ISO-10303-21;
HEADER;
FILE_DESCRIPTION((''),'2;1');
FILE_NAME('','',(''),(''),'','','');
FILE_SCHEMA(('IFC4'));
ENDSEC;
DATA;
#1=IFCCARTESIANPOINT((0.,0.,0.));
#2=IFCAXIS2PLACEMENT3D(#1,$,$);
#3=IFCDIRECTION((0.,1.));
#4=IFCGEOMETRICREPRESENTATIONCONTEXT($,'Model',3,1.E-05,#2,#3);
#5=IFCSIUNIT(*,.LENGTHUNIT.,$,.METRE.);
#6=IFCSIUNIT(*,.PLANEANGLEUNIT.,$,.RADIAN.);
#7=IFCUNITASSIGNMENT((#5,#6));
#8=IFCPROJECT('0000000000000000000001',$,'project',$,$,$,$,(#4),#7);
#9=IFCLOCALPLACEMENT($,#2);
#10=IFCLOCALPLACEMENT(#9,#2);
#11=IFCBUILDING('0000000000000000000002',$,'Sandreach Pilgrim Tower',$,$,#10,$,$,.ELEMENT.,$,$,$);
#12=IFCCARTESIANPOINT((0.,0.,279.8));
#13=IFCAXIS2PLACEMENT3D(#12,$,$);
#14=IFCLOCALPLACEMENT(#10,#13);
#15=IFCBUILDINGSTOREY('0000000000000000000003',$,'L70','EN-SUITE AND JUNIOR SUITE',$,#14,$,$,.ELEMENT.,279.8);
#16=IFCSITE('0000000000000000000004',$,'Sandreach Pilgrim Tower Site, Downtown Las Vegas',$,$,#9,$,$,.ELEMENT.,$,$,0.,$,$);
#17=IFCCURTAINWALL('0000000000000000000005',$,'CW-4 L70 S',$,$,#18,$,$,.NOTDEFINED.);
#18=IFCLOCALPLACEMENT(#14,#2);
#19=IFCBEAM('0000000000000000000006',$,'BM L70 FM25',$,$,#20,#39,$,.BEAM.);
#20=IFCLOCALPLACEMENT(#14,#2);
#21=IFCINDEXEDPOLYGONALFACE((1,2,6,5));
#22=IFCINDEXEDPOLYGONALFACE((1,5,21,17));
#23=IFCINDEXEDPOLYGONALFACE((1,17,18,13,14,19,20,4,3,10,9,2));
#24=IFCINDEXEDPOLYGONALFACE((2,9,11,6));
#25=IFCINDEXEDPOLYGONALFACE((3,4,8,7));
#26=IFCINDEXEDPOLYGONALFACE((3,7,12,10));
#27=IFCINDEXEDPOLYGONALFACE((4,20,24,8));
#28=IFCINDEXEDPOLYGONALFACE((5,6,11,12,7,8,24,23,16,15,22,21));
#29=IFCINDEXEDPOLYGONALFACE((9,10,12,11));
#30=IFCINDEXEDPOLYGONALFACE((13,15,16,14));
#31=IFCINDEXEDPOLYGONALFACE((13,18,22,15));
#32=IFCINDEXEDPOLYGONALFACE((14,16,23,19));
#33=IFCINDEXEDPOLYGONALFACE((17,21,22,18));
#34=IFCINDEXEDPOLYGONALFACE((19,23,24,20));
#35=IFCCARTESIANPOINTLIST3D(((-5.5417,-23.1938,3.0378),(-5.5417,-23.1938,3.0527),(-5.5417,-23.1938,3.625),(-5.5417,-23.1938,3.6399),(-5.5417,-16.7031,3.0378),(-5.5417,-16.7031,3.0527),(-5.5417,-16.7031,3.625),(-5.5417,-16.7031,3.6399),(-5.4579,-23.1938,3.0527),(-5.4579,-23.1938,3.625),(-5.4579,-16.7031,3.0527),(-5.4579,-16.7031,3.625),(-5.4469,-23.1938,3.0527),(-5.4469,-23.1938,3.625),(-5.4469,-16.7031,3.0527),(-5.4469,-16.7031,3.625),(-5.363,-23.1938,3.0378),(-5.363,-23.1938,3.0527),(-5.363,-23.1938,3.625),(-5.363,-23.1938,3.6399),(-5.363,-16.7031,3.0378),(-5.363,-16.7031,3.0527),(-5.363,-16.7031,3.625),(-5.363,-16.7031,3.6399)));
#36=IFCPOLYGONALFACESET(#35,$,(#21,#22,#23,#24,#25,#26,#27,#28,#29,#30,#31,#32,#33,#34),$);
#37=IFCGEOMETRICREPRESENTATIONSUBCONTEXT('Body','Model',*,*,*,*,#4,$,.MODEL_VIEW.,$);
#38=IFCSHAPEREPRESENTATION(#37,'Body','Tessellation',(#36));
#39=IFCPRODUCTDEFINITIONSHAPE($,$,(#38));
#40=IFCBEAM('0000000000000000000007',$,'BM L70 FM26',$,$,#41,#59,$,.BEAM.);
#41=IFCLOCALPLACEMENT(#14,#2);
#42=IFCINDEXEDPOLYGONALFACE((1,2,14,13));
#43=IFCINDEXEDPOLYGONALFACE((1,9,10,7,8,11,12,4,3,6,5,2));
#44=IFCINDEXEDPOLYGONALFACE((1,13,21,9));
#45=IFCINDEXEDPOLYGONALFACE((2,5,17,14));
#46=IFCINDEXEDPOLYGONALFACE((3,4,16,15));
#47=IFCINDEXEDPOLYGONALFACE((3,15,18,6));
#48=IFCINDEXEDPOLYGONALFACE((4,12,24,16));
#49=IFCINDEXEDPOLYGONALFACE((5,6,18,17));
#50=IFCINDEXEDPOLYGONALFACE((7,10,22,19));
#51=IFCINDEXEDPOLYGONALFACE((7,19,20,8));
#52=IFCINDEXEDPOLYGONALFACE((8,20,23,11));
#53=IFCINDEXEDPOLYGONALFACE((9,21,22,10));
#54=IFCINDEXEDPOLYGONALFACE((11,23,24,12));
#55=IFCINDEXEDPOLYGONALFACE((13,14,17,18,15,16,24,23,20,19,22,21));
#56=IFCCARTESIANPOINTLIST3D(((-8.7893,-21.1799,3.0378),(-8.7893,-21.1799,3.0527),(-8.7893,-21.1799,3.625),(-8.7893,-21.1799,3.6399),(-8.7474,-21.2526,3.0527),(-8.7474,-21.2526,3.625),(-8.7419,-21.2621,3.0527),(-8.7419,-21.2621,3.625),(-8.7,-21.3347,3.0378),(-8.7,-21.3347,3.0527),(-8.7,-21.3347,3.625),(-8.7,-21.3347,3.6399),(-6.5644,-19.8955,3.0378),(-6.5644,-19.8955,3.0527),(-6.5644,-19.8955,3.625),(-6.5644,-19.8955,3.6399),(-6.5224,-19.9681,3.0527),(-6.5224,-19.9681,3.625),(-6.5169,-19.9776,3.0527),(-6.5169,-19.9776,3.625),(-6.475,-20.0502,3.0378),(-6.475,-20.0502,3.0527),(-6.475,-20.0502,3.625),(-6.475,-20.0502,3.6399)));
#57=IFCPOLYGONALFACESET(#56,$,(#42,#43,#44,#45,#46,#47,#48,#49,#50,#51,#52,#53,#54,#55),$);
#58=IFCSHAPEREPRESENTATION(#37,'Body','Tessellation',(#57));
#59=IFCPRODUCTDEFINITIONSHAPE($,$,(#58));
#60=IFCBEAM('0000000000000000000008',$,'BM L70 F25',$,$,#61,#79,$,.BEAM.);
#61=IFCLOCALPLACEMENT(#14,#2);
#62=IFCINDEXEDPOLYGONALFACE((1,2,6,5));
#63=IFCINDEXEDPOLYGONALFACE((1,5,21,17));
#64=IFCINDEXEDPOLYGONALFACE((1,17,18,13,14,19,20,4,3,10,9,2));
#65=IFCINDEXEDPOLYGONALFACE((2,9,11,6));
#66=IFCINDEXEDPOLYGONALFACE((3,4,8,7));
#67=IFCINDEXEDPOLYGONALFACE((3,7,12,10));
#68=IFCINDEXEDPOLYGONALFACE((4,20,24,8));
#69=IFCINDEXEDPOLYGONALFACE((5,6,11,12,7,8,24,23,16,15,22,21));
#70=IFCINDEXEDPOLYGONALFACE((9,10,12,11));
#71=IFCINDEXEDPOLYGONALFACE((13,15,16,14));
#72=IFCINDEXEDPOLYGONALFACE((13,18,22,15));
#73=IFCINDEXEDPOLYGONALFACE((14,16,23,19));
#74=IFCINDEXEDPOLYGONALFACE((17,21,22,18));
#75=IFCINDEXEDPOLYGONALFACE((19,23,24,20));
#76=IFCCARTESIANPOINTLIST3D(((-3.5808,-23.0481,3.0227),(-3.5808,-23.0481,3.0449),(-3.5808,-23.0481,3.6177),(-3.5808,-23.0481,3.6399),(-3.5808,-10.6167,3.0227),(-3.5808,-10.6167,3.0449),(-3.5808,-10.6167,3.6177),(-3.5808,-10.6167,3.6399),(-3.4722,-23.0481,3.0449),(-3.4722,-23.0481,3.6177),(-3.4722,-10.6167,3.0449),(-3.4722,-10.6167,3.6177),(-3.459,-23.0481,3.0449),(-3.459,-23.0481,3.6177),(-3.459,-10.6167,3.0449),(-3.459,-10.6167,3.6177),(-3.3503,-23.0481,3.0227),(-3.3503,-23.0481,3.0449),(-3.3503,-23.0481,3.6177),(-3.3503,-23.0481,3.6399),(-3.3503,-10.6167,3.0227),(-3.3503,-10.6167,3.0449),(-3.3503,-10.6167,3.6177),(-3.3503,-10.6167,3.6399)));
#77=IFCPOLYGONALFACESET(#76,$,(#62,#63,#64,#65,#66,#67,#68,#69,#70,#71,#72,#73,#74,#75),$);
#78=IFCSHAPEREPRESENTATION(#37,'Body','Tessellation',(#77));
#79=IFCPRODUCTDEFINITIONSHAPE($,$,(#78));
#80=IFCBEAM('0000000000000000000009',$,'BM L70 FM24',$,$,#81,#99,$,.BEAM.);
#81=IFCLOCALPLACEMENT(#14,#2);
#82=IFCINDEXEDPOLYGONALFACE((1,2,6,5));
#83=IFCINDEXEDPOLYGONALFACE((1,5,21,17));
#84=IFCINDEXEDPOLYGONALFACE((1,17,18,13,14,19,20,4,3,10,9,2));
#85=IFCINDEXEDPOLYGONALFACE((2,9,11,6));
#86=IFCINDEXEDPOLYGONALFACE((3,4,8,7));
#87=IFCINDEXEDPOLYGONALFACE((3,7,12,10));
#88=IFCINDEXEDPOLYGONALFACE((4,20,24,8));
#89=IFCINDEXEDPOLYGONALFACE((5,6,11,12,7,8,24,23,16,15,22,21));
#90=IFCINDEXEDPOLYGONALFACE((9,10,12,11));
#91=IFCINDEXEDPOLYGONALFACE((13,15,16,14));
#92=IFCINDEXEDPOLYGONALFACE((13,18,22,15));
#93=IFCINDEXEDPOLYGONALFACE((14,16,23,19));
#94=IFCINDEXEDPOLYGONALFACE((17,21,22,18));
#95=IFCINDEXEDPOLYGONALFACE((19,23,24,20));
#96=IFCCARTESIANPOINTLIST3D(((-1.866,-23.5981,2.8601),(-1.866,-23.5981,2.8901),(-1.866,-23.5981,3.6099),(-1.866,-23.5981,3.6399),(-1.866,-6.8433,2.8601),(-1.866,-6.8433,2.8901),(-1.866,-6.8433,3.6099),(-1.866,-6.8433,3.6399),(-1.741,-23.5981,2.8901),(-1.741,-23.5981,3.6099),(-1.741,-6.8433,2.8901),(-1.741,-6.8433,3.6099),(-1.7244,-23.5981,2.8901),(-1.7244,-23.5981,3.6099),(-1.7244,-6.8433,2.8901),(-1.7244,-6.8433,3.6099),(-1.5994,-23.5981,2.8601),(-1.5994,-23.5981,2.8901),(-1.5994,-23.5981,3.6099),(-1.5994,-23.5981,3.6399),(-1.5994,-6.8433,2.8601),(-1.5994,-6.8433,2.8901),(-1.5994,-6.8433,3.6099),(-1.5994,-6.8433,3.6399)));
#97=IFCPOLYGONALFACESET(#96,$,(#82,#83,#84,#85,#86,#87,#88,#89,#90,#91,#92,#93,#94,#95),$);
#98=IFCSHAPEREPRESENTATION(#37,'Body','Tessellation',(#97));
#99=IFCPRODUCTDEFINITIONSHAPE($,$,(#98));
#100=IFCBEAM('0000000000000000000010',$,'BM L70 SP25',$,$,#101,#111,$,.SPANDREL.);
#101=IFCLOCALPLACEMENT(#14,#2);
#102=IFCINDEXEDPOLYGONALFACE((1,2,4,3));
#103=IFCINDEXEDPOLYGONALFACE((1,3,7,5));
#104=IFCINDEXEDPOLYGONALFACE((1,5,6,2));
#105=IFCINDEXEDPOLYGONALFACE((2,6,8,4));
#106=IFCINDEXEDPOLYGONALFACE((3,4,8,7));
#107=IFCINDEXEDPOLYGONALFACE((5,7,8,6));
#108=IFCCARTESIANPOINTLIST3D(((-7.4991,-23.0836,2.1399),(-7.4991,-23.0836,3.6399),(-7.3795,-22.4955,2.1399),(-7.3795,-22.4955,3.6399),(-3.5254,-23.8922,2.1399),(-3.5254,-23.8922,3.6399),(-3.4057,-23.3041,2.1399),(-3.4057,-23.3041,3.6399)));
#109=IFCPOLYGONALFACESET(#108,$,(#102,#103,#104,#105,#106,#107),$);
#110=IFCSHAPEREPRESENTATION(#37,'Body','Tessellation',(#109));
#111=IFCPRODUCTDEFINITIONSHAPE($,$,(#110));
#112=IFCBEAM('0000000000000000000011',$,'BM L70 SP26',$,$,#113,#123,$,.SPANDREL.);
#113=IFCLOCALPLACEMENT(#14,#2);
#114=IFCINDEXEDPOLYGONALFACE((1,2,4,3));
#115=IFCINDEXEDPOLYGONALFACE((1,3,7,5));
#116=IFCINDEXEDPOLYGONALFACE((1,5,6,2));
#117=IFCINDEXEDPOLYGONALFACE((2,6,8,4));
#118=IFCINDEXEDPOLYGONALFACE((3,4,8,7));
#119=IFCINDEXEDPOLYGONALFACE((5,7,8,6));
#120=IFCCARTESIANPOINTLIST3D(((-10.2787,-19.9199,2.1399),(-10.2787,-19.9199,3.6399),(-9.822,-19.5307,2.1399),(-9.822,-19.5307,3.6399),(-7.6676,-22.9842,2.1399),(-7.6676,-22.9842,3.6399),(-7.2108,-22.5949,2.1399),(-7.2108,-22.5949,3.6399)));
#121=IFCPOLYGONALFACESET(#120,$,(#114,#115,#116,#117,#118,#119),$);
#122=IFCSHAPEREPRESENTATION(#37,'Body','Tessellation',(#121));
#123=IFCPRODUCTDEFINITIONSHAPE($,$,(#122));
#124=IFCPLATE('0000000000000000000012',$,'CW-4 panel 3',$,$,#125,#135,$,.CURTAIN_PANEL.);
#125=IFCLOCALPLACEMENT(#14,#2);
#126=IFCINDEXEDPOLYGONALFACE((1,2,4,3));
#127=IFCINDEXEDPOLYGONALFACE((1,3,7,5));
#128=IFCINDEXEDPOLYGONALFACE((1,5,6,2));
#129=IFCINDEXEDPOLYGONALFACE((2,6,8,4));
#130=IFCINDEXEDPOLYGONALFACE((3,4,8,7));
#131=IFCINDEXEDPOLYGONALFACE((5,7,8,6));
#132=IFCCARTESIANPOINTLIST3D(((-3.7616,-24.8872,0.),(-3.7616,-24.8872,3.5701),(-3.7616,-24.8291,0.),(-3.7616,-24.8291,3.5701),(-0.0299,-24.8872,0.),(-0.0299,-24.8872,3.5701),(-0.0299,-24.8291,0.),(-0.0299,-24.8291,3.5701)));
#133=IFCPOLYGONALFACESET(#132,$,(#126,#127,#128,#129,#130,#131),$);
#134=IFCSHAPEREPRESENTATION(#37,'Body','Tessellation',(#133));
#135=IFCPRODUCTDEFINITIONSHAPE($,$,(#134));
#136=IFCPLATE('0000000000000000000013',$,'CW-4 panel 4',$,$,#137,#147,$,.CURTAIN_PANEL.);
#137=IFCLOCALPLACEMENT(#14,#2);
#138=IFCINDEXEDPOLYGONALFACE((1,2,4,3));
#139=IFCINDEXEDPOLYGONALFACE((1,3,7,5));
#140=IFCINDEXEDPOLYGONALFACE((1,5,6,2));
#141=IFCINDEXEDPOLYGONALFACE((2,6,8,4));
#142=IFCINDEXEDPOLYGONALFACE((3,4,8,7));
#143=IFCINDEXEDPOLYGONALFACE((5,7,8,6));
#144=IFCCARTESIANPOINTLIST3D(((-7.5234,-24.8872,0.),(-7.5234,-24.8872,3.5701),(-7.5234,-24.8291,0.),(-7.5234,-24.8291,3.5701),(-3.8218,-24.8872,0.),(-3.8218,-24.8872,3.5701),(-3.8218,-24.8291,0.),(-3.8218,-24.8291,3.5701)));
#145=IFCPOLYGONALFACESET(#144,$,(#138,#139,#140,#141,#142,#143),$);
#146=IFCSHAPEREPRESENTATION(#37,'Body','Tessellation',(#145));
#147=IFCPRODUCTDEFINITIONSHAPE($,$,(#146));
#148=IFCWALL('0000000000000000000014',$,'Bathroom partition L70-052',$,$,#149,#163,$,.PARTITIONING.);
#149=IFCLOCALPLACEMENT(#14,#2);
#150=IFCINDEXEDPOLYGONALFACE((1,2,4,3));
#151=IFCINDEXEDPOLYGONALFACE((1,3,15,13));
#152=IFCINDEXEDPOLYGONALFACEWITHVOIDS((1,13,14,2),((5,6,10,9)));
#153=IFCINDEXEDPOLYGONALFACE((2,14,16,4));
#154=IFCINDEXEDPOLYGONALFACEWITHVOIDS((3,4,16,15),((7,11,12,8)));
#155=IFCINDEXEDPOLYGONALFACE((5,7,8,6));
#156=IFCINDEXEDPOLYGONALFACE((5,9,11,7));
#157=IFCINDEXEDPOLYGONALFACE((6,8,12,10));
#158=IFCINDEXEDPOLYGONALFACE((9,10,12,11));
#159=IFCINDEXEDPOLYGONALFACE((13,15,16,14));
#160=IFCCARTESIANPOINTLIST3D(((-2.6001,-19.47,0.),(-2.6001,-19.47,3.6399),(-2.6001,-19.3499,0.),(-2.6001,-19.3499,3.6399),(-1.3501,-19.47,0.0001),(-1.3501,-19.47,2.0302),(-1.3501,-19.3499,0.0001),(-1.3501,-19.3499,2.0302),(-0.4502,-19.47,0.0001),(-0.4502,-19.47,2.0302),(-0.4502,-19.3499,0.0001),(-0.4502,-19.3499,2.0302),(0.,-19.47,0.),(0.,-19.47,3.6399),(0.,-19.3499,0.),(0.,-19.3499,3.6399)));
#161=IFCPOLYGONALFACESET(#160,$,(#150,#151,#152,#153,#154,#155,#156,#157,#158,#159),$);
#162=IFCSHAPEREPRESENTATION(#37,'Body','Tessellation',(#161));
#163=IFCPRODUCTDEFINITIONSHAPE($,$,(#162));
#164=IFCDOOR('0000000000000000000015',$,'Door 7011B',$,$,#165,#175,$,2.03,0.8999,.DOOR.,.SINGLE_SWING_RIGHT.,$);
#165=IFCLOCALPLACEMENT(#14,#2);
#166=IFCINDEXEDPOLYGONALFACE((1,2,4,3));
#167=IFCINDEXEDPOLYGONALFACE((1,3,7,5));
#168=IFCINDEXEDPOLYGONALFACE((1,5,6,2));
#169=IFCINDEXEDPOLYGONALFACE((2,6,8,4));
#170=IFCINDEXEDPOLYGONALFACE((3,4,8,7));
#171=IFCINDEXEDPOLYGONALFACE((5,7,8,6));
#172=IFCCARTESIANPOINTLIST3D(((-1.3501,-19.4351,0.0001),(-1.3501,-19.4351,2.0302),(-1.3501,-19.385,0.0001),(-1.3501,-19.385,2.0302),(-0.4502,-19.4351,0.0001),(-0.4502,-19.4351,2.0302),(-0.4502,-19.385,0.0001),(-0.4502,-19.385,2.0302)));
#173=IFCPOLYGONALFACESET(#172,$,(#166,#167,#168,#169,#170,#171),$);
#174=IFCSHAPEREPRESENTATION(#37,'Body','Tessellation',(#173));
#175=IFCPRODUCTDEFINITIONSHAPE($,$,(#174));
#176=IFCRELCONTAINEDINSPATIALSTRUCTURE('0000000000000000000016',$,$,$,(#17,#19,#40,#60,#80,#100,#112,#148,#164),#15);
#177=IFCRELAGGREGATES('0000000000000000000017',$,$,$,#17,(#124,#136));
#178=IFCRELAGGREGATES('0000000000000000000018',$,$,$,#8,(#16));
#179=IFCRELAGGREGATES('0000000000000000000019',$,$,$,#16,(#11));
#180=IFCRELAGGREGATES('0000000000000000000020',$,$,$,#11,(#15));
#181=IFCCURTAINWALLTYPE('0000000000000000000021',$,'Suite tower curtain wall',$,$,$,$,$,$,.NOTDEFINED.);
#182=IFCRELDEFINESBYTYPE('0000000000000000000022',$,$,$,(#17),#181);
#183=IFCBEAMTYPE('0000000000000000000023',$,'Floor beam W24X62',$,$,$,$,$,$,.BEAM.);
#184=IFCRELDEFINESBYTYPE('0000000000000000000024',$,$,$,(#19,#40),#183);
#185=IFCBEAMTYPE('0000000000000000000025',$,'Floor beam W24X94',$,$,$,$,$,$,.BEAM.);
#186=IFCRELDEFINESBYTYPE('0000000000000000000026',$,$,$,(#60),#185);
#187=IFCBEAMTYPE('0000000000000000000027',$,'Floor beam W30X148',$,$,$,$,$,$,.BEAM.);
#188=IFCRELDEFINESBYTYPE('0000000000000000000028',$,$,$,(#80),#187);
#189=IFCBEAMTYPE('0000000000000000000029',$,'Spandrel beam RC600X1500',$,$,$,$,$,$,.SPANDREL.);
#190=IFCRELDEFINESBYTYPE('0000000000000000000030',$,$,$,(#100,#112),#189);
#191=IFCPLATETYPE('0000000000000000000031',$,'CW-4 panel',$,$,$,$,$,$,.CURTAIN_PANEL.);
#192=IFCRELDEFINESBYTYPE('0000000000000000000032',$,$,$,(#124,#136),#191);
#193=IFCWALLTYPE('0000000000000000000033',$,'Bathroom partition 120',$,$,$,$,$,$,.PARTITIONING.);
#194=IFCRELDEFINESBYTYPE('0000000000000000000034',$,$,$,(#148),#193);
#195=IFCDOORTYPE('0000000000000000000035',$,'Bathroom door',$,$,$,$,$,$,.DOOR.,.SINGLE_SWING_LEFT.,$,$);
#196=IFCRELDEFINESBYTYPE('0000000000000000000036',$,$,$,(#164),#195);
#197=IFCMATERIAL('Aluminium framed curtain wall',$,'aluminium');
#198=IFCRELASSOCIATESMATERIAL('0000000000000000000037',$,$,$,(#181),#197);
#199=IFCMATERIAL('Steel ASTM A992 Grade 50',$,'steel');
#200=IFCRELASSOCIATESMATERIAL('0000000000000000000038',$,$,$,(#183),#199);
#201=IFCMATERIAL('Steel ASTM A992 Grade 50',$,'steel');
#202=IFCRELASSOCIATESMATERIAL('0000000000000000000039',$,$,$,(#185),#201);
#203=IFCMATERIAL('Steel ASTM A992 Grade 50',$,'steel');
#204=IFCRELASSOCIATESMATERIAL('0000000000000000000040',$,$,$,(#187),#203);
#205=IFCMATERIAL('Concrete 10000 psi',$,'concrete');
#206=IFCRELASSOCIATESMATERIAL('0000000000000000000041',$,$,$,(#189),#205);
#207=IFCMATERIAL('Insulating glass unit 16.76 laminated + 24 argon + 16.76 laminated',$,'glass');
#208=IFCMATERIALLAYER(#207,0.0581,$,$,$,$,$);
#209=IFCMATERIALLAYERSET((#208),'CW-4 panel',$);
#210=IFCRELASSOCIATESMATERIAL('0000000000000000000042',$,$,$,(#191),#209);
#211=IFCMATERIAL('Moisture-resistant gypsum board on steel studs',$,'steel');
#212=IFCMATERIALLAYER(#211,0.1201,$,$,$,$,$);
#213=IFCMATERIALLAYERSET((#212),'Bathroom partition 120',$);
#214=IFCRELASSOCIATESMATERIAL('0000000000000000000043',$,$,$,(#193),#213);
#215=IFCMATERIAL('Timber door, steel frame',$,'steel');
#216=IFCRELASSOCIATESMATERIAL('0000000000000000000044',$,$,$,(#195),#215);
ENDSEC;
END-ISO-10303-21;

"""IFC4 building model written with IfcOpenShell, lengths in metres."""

from ifc_helpers import new_model, si_unit, direction, frame, frame_2d, origin, origin_2d, place, context, subcontext, project, spatial, rectangle, i_section, extrude, material, layer, layer_set, material_profile, profile_set, type_object, element, fill, aggregate, save


model = new_model("IFC4")

# Units and contexts
model_context = context("Model", 3, precision=1e-05, world=origin(), true_north=direction((0.0, 1.0)))
body_context = subcontext(model_context, "Body", "Model", "MODEL_VIEW")
ifc_project = project(units=[si_unit("LENGTHUNIT", "METRE"), si_unit("PLANEANGLEUNIT", "RADIAN")], contexts=[model_context])

# Site, building, storey
site_placement = place(None, origin())
site = spatial("IfcSite", under=ifc_project, at=site_placement, Name="Sandreach Pilgrim Tower Site, Downtown Las Vegas", CompositionType="ELEMENT", RefElevation=0.0)
building_placement = place(site_placement, origin())
building = spatial("IfcBuilding", under=site, at=building_placement, Name="Sandreach Pilgrim Tower", CompositionType="ELEMENT")
storey_placement = place(building_placement, frame((0.0, 0.0, 279.8)))
storey = spatial("IfcBuildingStorey", under=building, at=storey_placement, Name="L70", Description="EN-SUITE AND JUNIOR SUITE", CompositionType="ELEMENT", Elevation=279.8)

# Curtain wall
ifc_material_1 = material(Name="Aluminium framed curtain wall", Category="aluminium")
curtain_wall_type = type_object("IfcCurtainWallType", Name="Suite tower curtain wall", PredefinedType="NOTDEFINED", material=ifc_material_1)
curtain_wall_1_placement = place(storey_placement, origin())
curtain_wall_1 = element("IfcCurtainWall", 1, at=curtain_wall_1_placement, inside=storey, type_object=curtain_wall_type, Name="CW-4 L70 S", PredefinedType="NOTDEFINED")

# Beams
ifc_material_2 = material(Name="Steel ASTM A992 Grade 50", Category="steel")
ifc_material_profile_1 = material_profile(ifc_material_2, i_section(OverallWidth=0.1787, OverallDepth=0.6021, WebThickness=0.011, FlangeThickness=0.0149, at=origin_2d()), Name="W24X62")
ifc_profile_set_1 = profile_set([ifc_material_profile_1], Name="Steel ASTM A992 Grade 50")
beam_type_1 = type_object("IfcBeamType", Name="Floor beam W24X62", PredefinedType="BEAM", material=ifc_profile_set_1)
beam_1_placement = place(storey_placement, frame((-5.4524, -23.1938, 3.3389), z_axis=(0.0, 1.0, 0.0), x_axis=(-1.0, 0.0, 0.0)))
element("IfcBeam", 2, at=beam_1_placement, inside=storey, type_object=beam_type_1, Name="BM L70 FM25", PredefinedType="BEAM", context=body_context, shape_type="SweptSolid", body=[
    extrude(i_section(OverallWidth=0.1787, OverallDepth=0.6021, WebThickness=0.011, FlangeThickness=0.0149, at=origin_2d()), origin(), (0.0, 0.0, 1.0), 6.4907),
])
beam_2_placement = place(storey_placement, frame((-8.7446, -21.2573, 3.3389), z_axis=(0.866042, 0.499972, 0.0), x_axis=(-0.499972, 0.866042, 0.0)))
element("IfcBeam", 3, at=beam_2_placement, inside=storey, type_object=beam_type_1, Name="BM L70 FM26", PredefinedType="BEAM", context=body_context, shape_type="SweptSolid", body=[
    extrude(i_section(OverallWidth=0.1787, OverallDepth=0.6021, WebThickness=0.011, FlangeThickness=0.0149, at=origin_2d()), origin(), (0.0, 0.0, 1.0), 2.5691),
])
ifc_material_3 = material(Name="Steel ASTM A992 Grade 50", Category="steel")
ifc_material_profile_2 = material_profile(ifc_material_3, i_section(OverallWidth=0.2305, OverallDepth=0.6172, WebThickness=0.0132, FlangeThickness=0.0222, at=origin_2d()), Name="W24X94")
ifc_profile_set_2 = profile_set([ifc_material_profile_2], Name="Steel ASTM A992 Grade 50")
beam_type_2 = type_object("IfcBeamType", Name="Floor beam W24X94", PredefinedType="BEAM", material=ifc_profile_set_2)
beam_3_placement = place(storey_placement, frame((-3.4656, -23.0481, 3.3313), z_axis=(0.0, 1.0, 0.0), x_axis=(-1.0, 0.0, 0.0)))
element("IfcBeam", 4, at=beam_3_placement, inside=storey, type_object=beam_type_2, Name="BM L70 F25", PredefinedType="BEAM", context=body_context, shape_type="SweptSolid", body=[
    extrude(i_section(OverallWidth=0.2305, OverallDepth=0.6172, WebThickness=0.0132, FlangeThickness=0.0222, at=origin_2d()), origin(), (0.0, 0.0, 1.0), 12.4314),
])
ifc_material_4 = material(Name="Steel ASTM A992 Grade 50", Category="steel")
ifc_material_profile_3 = material_profile(ifc_material_4, i_section(OverallWidth=0.2666, OverallDepth=0.7798, WebThickness=0.0166, FlangeThickness=0.03, at=origin_2d()), Name="W30X148")
ifc_profile_set_3 = profile_set([ifc_material_profile_3], Name="Steel ASTM A992 Grade 50")
beam_type_3 = type_object("IfcBeamType", Name="Floor beam W30X148", PredefinedType="BEAM", material=ifc_profile_set_3)
beam_4_placement = place(storey_placement, frame((-1.7327, -23.5981, 3.25), z_axis=(0.0, 1.0, 0.0), x_axis=(-1.0, 0.0, 0.0)))
element("IfcBeam", 5, at=beam_4_placement, inside=storey, type_object=beam_type_3, Name="BM L70 FM24", PredefinedType="BEAM", context=body_context, shape_type="SweptSolid", body=[
    extrude(i_section(OverallWidth=0.2666, OverallDepth=0.7798, WebThickness=0.0166, FlangeThickness=0.03, at=origin_2d()), origin(), (0.0, 0.0, 1.0), 16.7549),
])
ifc_material_5 = material(Name="Concrete 10000 psi", Category="concrete")
ifc_material_profile_4 = material_profile(ifc_material_5, rectangle(XDim=0.6001, YDim=1.5, at=origin_2d()), Name="RC600X1500")
ifc_profile_set_4 = profile_set([ifc_material_profile_4], Name="Concrete 10000 psi")
beam_type_4 = type_object("IfcBeamType", Name="Spandrel beam RC600X1500", PredefinedType="SPANDREL", material=ifc_profile_set_4)
beam_5_placement = place(storey_placement, frame((-3.4656, -23.5981, 2.8899), z_axis=(-0.979918, 0.199403, 0.0), x_axis=(-0.199403, -0.979918, 0.0)))
element("IfcBeam", 6, at=beam_5_placement, inside=storey, type_object=beam_type_4, Name="BM L70 SP25", PredefinedType="SPANDREL", context=body_context, shape_type="SweptSolid", body=[
    extrude(rectangle(XDim=0.6001, YDim=1.5, at=origin_2d()), origin(), (0.0, 0.0, 1.0), 4.0552),
])
beam_6_placement = place(storey_placement, frame((-7.4392, -22.7896, 2.8899), z_axis=(-0.648586, 0.761141, 0.0), x_axis=(-0.761141, -0.648586, 0.0)))
element("IfcBeam", 7, at=beam_6_placement, inside=storey, type_object=beam_type_4, Name="BM L70 SP26", PredefinedType="SPANDREL", context=body_context, shape_type="SweptSolid", body=[
    extrude(rectangle(XDim=0.6001, YDim=1.5, at=origin_2d()), origin(), (0.0, 0.0, 1.0), 4.0259),
])

# Plates
ifc_material_6 = material(Name="Insulating glass unit 16.76 laminated + 24 argon + 16.76 laminated", Category="glass")
ifc_layer_1 = layer(ifc_material_6, 0.0581)
ifc_layer_set_1 = layer_set([ifc_layer_1], Name="CW-4 panel")
plate_type = type_object("IfcPlateType", Name="CW-4 panel", PredefinedType="CURTAIN_PANEL", material=ifc_layer_set_1)
plate_1_placement = place(storey_placement, frame((-1.8958, -24.8582, 0.0), z_axis=(0.0, 0.0, 1.0), x_axis=(-1.0, 0.0, 0.0)))
plate_1 = element("IfcPlate", 8, at=plate_1_placement, type_object=plate_type, Name="CW-4 panel 3", PredefinedType="CURTAIN_PANEL", context=body_context, shape_type="SweptSolid", body=[
    extrude(rectangle(XDim=3.7317, YDim=0.0581, at=origin_2d()), origin(), (0.0, 0.0, 1.0), 3.5701),
])
plate_2_placement = place(storey_placement, frame((-5.6726, -24.8582, 0.0), z_axis=(0.0, 0.0, 1.0), x_axis=(-1.0, 0.0, 0.0)))
plate_2 = element("IfcPlate", 9, at=plate_2_placement, type_object=plate_type, Name="CW-4 panel 4", PredefinedType="CURTAIN_PANEL", context=body_context, shape_type="SweptSolid", body=[
    extrude(rectangle(XDim=3.7017, YDim=0.0581, at=origin_2d()), origin(), (0.0, 0.0, 1.0), 3.5701),
])
aggregate(curtain_wall_1, [plate_1, plate_2])

# Wall, opening, door
ifc_material_7 = material(Name="Moisture-resistant gypsum board on steel studs", Category="steel")
ifc_layer_2 = layer(ifc_material_7, 0.1201)
ifc_layer_set_2 = layer_set([ifc_layer_2], Name="Bathroom partition 120")
wall_type_1 = type_object("IfcWallType", Name="Bathroom partition 120", PredefinedType="PARTITIONING", material=ifc_layer_set_2)
wall_1_placement = place(storey_placement, frame((-2.6001, -19.4099, 0.0), z_axis=(0.0, 0.0, 1.0), x_axis=(1.0, 0.0, 0.0)))
wall_1 = element("IfcWall", 10, at=wall_1_placement, inside=storey, type_object=wall_type_1, Name="Bathroom partition L70-052", PredefinedType="PARTITIONING", context=body_context, shape_type="SweptSolid", body=[
    extrude(rectangle(XDim=2.6001, YDim=0.1201, at=frame_2d((1.3, 0.0))), origin(), (0.0, 0.0, 1.0), 3.6399),
])
opening_1_placement = place(wall_1_placement, frame((1.25, 0.0, 0.0)))
opening_1 = element("IfcOpeningElement", 11, at=opening_1_placement, cuts=wall_1, PredefinedType="OPENING", context=body_context, shape_type="SweptSolid", body=[
    extrude(rectangle(XDim=0.8999, YDim=2.03, at=frame_2d((0.45, 1.0151))), frame((0.0, 0.0601, 0.0), z_axis=(0.0, -1.0, 0.0), x_axis=(1.0, 0.0, 0.0)), (0.0, 0.0, 1.0), 0.1201),
])
ifc_material_8 = material(Name="Timber door, steel frame", Category="steel")
door_type_1 = type_object("IfcDoorType", Name="Bathroom door", OperationType="SINGLE_SWING_LEFT", PredefinedType="DOOR", material=ifc_material_8)
door_1_placement = place(opening_1_placement, origin())
door_1 = element("IfcDoor", 12, at=door_1_placement, inside=storey, type_object=door_type_1, Name="Door 7011B", OperationType="SINGLE_SWING_RIGHT", OverallHeight=2.03, OverallWidth=0.8999, PredefinedType="DOOR", context=body_context, shape_type="SweptSolid", body=[
    extrude(rectangle(XDim=0.8999, YDim=2.03, at=frame_2d((0.45, 1.0151))), frame((0.0, 0.0249, 0.0), z_axis=(0.0, -1.0, 0.0), x_axis=(1.0, 0.0, 0.0)), (0.0, 0.0, 1.0), 0.05),
])
fill(opening_1, door_1)

save(model, "model.ifc")
